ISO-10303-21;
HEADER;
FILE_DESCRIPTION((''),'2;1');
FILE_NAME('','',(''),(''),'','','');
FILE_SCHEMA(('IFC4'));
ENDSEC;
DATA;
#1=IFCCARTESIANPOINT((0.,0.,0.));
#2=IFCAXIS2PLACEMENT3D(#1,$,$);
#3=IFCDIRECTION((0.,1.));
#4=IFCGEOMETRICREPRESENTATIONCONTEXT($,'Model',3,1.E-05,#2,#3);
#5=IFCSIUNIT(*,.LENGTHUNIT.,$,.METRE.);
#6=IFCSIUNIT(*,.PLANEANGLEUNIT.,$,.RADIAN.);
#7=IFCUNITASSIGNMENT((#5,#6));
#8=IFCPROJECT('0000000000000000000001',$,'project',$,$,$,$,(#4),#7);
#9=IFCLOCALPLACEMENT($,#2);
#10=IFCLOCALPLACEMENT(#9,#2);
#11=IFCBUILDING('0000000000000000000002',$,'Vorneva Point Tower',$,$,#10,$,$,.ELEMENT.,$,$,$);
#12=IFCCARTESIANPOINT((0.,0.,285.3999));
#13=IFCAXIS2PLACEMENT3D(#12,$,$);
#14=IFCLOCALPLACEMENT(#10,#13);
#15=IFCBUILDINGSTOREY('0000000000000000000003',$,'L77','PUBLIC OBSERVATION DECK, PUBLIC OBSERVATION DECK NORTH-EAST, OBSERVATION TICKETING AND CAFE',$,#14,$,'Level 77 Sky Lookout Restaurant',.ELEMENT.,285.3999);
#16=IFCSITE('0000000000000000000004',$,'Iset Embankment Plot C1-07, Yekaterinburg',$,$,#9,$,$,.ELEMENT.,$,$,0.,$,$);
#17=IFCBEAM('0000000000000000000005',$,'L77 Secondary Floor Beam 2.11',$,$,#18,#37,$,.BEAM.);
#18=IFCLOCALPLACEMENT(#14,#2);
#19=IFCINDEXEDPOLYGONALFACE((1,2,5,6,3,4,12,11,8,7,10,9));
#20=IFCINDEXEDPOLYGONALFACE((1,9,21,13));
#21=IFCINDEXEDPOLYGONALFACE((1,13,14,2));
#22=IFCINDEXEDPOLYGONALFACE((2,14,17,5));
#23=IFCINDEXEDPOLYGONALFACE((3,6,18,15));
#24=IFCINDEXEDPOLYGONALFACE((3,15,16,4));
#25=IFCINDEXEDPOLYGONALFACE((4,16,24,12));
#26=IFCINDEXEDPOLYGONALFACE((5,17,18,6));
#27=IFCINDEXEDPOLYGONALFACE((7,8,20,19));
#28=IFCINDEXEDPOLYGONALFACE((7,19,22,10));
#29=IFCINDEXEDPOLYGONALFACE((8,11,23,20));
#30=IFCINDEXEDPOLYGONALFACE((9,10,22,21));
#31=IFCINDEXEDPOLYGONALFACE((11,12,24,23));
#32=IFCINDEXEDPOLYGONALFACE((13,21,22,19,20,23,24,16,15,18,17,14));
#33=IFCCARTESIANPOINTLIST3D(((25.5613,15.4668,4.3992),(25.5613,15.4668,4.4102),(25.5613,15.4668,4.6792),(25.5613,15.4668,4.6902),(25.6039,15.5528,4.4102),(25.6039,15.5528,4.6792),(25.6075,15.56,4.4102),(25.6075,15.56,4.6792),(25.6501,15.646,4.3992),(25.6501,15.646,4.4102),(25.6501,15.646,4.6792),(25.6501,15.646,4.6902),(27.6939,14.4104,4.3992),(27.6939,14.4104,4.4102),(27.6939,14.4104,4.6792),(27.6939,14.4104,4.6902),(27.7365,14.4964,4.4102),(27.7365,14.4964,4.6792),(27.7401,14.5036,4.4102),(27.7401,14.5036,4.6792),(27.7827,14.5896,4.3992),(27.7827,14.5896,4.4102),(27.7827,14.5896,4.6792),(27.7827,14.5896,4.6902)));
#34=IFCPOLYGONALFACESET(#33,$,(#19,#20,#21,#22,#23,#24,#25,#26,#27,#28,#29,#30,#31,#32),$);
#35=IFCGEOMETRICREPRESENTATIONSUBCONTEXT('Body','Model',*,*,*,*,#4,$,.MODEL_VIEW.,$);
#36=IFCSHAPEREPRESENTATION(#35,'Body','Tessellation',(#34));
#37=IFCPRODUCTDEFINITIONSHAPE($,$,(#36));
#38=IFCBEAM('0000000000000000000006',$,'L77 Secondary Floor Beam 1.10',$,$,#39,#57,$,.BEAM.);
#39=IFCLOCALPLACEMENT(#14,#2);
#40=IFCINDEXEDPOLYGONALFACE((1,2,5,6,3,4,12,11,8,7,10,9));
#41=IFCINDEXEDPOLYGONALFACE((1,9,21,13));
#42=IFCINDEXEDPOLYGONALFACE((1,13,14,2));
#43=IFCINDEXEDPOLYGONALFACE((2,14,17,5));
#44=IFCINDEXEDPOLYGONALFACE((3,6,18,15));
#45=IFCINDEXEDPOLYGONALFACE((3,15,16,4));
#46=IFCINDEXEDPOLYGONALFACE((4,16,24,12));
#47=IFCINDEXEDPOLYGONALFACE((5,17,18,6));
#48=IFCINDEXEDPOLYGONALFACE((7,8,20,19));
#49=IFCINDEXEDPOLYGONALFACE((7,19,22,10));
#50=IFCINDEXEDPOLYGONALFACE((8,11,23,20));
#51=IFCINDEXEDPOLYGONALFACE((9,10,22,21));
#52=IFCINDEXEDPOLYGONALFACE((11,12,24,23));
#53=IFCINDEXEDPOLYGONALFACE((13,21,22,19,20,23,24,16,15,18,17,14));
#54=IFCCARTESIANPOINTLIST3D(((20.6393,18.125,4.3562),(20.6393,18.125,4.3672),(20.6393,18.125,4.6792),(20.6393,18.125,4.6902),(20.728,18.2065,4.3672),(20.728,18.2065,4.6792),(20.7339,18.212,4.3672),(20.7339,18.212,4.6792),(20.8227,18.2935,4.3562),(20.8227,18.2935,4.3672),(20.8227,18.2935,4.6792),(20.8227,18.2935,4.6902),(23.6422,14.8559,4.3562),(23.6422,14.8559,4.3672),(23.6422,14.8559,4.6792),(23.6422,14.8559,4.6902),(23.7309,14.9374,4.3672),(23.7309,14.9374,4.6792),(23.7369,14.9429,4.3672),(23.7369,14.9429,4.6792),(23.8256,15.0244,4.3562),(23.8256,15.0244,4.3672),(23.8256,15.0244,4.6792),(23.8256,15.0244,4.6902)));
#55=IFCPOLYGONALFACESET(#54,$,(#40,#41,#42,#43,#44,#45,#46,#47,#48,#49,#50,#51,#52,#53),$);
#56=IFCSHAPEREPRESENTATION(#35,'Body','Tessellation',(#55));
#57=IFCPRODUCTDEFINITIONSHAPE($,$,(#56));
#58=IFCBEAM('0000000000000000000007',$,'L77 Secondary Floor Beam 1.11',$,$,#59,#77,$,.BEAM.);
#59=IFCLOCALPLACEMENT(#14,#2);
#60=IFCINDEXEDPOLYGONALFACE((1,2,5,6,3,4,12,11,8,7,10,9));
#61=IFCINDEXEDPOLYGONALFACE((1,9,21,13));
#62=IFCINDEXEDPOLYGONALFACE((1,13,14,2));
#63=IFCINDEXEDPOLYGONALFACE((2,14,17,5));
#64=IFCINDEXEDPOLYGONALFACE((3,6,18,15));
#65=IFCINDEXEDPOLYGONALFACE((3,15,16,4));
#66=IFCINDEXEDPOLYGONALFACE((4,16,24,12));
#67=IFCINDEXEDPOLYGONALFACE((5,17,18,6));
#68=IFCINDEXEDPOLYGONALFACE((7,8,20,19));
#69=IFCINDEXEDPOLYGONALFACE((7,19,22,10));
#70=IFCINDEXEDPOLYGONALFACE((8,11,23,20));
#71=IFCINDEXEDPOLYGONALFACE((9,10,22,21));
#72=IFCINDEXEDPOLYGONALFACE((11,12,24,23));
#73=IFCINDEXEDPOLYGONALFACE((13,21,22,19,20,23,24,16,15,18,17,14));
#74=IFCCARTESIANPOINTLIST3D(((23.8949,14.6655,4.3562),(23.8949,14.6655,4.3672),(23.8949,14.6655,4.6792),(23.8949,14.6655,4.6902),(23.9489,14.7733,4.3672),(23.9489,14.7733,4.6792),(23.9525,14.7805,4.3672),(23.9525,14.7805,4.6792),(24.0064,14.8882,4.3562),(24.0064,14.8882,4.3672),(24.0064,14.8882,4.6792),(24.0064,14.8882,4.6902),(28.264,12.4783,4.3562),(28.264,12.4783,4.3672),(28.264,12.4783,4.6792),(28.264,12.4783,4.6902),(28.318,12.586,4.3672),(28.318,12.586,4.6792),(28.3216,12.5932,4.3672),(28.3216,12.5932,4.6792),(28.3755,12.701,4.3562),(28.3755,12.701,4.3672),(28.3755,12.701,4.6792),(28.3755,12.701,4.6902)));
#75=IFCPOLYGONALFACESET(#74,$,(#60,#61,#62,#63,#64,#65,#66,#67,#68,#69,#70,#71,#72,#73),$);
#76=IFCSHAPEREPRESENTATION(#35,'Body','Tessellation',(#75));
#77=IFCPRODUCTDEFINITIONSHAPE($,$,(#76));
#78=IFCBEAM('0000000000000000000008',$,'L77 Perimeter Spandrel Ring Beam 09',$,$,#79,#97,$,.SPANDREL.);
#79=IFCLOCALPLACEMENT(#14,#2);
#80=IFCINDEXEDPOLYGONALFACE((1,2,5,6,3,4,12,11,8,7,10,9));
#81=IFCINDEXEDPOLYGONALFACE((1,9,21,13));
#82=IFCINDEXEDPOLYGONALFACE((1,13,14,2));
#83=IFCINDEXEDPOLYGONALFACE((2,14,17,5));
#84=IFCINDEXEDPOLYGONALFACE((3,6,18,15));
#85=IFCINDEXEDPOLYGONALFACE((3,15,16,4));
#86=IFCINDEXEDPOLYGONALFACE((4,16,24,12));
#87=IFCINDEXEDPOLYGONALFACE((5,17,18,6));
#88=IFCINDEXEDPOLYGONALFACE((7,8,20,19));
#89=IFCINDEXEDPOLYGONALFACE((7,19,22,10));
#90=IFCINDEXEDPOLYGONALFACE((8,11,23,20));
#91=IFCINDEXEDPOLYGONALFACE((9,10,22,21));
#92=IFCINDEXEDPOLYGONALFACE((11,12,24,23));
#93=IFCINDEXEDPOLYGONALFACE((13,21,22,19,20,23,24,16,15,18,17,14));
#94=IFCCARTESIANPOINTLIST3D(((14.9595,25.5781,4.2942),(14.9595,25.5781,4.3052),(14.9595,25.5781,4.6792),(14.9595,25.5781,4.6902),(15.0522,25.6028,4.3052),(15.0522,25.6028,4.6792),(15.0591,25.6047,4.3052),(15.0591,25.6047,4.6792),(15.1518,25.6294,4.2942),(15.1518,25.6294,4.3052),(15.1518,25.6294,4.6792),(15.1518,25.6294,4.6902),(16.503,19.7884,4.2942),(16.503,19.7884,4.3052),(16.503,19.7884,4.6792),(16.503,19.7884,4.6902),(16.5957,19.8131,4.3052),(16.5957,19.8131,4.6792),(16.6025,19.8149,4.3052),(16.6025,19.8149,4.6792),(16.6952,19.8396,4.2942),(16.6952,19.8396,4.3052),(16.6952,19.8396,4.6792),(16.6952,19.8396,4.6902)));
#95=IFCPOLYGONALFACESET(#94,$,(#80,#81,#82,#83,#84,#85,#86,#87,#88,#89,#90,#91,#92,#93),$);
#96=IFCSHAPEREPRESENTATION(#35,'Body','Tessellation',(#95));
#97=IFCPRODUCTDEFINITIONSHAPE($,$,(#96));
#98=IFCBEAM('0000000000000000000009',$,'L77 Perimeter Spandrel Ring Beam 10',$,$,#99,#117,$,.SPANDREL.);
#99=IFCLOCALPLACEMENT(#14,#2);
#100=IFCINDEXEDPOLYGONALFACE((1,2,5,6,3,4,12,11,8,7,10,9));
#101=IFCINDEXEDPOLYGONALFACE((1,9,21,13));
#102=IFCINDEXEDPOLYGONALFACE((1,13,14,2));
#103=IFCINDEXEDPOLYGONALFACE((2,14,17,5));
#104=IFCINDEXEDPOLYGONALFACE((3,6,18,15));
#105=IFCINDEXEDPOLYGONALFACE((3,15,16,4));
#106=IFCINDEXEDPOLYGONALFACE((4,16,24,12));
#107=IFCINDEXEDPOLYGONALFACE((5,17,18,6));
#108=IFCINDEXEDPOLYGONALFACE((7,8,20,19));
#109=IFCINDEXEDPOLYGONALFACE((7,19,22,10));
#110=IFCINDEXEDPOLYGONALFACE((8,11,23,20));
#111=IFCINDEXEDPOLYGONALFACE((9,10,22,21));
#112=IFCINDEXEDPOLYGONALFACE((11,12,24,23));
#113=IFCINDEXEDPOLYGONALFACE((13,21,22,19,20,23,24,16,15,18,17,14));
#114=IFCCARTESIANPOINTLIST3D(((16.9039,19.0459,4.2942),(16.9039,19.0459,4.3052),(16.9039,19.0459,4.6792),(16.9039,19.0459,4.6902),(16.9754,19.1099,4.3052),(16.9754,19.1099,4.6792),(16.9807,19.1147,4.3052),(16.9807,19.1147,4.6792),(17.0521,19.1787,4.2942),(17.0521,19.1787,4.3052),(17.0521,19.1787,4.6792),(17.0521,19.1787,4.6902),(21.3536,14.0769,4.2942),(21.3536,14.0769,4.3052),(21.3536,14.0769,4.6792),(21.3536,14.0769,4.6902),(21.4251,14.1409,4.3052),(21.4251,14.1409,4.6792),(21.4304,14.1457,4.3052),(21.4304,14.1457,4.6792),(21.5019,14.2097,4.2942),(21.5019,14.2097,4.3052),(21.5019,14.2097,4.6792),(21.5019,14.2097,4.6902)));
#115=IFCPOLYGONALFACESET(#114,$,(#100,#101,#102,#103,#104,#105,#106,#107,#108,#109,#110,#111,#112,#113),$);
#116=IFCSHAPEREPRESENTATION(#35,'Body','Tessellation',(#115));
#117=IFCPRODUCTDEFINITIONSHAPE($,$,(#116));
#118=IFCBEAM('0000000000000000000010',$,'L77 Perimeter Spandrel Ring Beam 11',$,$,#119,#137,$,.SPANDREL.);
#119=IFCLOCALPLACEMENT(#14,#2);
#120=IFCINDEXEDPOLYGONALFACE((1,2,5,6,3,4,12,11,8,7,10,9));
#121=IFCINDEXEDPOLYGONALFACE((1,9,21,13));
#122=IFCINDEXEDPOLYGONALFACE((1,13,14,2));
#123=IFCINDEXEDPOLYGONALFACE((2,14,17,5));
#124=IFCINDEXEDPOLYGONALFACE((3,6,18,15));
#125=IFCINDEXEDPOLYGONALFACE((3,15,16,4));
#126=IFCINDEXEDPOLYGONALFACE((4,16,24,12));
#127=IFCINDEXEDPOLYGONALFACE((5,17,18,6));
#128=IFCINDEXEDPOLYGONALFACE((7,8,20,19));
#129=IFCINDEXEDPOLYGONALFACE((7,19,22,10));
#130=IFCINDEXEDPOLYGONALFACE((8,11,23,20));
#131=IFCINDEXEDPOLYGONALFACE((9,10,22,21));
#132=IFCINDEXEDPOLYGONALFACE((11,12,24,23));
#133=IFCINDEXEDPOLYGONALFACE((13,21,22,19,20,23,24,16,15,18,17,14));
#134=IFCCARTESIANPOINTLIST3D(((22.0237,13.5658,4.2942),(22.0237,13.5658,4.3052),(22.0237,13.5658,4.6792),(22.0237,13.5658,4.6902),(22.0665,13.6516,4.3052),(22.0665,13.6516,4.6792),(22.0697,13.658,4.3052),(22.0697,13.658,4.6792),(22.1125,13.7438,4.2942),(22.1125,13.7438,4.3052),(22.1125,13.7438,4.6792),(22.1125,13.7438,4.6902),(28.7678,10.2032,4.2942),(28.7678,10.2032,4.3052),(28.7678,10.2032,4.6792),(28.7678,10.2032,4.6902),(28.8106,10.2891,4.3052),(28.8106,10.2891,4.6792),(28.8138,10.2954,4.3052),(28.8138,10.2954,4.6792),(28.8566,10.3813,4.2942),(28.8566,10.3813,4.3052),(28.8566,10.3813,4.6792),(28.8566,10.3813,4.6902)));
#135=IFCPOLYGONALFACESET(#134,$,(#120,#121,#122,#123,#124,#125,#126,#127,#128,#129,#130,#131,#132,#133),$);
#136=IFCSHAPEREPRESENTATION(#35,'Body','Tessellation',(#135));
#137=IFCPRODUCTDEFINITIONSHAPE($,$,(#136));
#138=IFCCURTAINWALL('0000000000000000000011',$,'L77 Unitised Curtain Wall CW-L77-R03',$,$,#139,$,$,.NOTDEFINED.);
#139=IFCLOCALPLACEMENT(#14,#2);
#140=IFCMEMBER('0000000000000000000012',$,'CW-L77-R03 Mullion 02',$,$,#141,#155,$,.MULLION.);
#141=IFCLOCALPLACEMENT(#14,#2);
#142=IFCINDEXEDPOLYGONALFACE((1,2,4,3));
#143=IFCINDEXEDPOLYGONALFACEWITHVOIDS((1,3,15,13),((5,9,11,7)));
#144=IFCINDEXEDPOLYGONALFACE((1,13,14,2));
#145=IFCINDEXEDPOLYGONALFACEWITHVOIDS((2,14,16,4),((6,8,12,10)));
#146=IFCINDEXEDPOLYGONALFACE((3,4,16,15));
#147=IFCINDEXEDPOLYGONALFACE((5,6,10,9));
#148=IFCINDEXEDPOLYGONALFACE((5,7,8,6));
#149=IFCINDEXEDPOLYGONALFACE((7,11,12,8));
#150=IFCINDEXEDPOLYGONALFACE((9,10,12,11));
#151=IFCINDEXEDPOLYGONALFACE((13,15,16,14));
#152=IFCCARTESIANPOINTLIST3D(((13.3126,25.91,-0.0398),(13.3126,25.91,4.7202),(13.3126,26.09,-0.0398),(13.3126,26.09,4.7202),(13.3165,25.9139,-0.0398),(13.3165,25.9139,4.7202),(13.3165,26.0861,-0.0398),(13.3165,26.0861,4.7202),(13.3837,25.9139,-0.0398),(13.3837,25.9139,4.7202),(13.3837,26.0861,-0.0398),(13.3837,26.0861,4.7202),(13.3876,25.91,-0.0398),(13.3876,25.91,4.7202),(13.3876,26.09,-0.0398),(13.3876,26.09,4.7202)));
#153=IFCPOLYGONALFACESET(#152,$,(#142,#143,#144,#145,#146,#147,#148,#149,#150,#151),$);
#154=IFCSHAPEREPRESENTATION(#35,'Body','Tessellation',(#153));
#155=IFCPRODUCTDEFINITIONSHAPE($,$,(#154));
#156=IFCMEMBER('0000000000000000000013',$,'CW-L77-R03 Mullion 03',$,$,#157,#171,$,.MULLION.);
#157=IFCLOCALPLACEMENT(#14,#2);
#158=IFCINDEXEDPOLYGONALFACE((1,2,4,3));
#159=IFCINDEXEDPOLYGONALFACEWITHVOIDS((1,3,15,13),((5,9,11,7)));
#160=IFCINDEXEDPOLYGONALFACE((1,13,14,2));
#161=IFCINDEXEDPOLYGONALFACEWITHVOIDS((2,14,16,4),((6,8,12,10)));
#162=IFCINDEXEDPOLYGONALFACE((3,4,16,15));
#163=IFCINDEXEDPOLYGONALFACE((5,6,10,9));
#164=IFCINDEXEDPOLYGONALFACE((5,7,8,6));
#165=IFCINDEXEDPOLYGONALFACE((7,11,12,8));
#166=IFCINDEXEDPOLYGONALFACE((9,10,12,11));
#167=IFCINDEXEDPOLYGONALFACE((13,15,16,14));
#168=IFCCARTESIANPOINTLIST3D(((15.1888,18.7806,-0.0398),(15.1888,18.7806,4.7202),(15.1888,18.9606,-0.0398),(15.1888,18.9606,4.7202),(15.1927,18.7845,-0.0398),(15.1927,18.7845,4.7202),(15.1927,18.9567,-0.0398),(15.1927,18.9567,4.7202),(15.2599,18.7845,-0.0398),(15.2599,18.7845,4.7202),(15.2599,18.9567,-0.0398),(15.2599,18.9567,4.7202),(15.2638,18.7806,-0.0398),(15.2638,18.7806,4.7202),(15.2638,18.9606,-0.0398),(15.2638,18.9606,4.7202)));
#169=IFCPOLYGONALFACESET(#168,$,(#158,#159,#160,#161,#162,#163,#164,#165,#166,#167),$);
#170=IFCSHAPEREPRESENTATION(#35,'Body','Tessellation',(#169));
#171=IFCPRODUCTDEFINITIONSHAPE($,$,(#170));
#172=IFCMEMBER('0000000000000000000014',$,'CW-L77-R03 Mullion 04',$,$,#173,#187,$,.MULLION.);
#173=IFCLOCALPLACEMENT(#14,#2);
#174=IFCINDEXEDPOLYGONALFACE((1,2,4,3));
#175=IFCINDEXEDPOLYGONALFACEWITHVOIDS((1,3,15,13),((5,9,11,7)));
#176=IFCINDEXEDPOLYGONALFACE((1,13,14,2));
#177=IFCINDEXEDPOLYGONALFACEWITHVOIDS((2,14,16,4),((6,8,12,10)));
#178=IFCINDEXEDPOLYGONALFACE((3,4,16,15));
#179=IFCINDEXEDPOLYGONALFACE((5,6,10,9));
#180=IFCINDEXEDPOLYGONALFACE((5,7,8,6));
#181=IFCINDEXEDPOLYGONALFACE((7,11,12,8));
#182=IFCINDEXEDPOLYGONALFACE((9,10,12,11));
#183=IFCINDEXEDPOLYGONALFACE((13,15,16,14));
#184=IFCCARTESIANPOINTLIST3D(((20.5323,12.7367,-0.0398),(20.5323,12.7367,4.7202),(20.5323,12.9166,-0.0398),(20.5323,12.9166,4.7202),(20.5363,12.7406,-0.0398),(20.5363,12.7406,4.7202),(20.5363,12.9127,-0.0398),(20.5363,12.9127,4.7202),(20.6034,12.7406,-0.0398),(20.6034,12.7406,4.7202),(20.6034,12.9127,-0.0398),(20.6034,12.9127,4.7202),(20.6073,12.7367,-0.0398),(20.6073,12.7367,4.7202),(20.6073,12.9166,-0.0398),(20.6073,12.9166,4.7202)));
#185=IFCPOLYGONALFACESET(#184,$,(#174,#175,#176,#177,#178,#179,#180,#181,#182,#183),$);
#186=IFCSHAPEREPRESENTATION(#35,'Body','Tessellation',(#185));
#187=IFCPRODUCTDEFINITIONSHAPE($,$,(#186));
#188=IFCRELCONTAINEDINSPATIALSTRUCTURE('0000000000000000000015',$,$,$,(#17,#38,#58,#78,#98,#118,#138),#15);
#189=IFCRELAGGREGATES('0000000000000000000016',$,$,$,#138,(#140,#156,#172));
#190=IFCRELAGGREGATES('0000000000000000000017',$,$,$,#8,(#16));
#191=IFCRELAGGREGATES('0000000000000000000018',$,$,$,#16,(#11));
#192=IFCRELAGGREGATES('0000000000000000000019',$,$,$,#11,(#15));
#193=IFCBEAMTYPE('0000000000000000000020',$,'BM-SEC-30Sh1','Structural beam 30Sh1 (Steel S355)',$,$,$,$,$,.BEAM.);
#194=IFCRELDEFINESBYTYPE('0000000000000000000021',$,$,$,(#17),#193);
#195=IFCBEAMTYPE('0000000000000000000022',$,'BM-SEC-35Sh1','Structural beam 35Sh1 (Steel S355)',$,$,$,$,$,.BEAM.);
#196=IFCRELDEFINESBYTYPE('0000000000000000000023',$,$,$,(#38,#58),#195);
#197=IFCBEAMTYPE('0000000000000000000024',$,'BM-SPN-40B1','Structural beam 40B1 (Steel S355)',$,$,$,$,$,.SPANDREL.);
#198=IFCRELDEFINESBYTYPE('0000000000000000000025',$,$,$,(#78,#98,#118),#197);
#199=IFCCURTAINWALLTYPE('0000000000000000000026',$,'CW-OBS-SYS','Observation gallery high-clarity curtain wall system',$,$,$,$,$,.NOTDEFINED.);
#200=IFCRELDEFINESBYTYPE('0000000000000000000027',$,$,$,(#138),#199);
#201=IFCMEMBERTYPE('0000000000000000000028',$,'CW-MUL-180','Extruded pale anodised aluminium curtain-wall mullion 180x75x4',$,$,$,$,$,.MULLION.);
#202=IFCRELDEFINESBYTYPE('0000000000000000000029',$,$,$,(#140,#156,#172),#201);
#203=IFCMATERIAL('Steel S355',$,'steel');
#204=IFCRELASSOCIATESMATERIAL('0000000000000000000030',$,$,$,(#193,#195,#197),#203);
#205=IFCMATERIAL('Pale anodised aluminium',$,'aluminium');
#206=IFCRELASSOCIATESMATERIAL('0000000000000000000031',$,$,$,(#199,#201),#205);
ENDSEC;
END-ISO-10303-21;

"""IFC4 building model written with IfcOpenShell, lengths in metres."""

from ifc_helpers import new_model, si_unit, direction, frame, origin, origin_2d, place, context, subcontext, project, spatial, hollow_rectangle, i_section, extrude, material, material_profile, profile_set, type_object, element, aggregate, save


model = new_model("IFC4")

# Units and contexts
model_context = context("Model", 3, precision=1e-05, world=origin(), true_north=direction((0.0, 1.0)))
body_context = subcontext(model_context, "Body", "Model", "MODEL_VIEW")
ifc_project = project(units=[si_unit("LENGTHUNIT", "METRE"), si_unit("PLANEANGLEUNIT", "RADIAN")], contexts=[model_context])

# Site, building, storey
site_placement = place(None, origin())
site = spatial("IfcSite", under=ifc_project, at=site_placement, Name="Iset Embankment Plot C1-07, Yekaterinburg", CompositionType="ELEMENT", RefElevation=0.0)
building_placement = place(site_placement, origin())
building = spatial("IfcBuilding", under=site, at=building_placement, Name="Vorneva Point Tower", CompositionType="ELEMENT")
storey_placement = place(building_placement, frame((0.0, 0.0, 285.3999)))
storey = spatial("IfcBuildingStorey", under=building, at=storey_placement, Name="L77", Description="PUBLIC OBSERVATION DECK, PUBLIC OBSERVATION DECK NORTH-EAST, OBSERVATION TICKETING AND CAFE", LongName="Level 77 Sky Lookout Restaurant", CompositionType="ELEMENT", Elevation=285.3999)

# Beams
ifc_material_1 = material(Name="Steel S355", Category="steel")
ifc_material_profile_1 = material_profile(ifc_material_1, i_section(OverallWidth=0.2, OverallDepth=0.291, WebThickness=0.0081, FlangeThickness=0.011, at=origin_2d()), Name="30Sh1")
ifc_profile_set_1 = profile_set([ifc_material_profile_1], Name="Steel S355")
beam_type_1 = type_object("IfcBeamType", Name="BM-SEC-30Sh1", Description="Structural beam 30Sh1 (Steel S355)", PredefinedType="BEAM", material=ifc_profile_set_1)
beam_1_placement = place(storey_placement, frame((25.6057, 15.5564, 4.5447), z_axis=(0.896083, -0.443887, 0.0), x_axis=(0.443887, 0.896083, 0.0)))
element("IfcBeam", 1, at=beam_1_placement, inside=storey, type_object=beam_type_1, Name="L77 Secondary Floor Beam 2.11", PredefinedType="BEAM", context=body_context, shape_type="SweptSolid", body=[
    extrude(i_section(OverallWidth=0.2, OverallDepth=0.291, WebThickness=0.0081, FlangeThickness=0.011, at=origin_2d()), origin(), (0.0, 0.0, 1.0), 2.3799),
])
ifc_material_profile_2 = material_profile(ifc_material_1, i_section(OverallWidth=0.249, OverallDepth=0.334, WebThickness=0.0081, FlangeThickness=0.011, at=origin_2d()), Name="35Sh1")
ifc_profile_set_2 = profile_set([ifc_material_profile_2], Name="Steel S355")
beam_type_2 = type_object("IfcBeamType", Name="BM-SEC-35Sh1", Description="Structural beam 35Sh1 (Steel S355)", PredefinedType="BEAM", material=ifc_profile_set_2)
beam_2_placement = place(storey_placement, frame((20.731, 18.2092, 4.5232), z_axis=(0.676496, -0.736446, 0.0), x_axis=(0.736446, 0.676496, 0.0)))
element("IfcBeam", 2, at=beam_2_placement, inside=storey, type_object=beam_type_2, Name="L77 Secondary Floor Beam 1.10", PredefinedType="BEAM", context=body_context, shape_type="SweptSolid", body=[
    extrude(i_section(OverallWidth=0.249, OverallDepth=0.334, WebThickness=0.0081, FlangeThickness=0.011, at=origin_2d()), origin(), (0.0, 0.0, 1.0), 4.439),
])
beam_3_placement = place(storey_placement, frame((23.9507, 14.7769, 4.5232), z_axis=(0.894207, -0.447653, 0.0), x_axis=(0.447653, 0.894207, 0.0)))
element("IfcBeam", 3, at=beam_3_placement, inside=storey, type_object=beam_type_2, Name="L77 Secondary Floor Beam 1.11", PredefinedType="BEAM", context=body_context, shape_type="SweptSolid", body=[
    extrude(i_section(OverallWidth=0.249, OverallDepth=0.334, WebThickness=0.0081, FlangeThickness=0.011, at=origin_2d()), origin(), (0.0, 0.0, 1.0), 4.886),
])
ifc_material_profile_3 = material_profile(ifc_material_1, i_section(OverallWidth=0.199, OverallDepth=0.396, WebThickness=0.0071, FlangeThickness=0.011, at=origin_2d()), Name="40B1")
ifc_profile_set_3 = profile_set([ifc_material_profile_3], Name="Steel S355")
beam_type_3 = type_object("IfcBeamType", Name="BM-SPN-40B1", Description="Structural beam 40B1 (Steel S355)", PredefinedType="SPANDREL", material=ifc_profile_set_3)
beam_4_placement = place(storey_placement, frame((15.0557, 25.6038, 4.4922), z_axis=(0.257587, -0.966255, 0.0), x_axis=(0.966255, 0.257587, 0.0)))
element("IfcBeam", 4, at=beam_4_placement, inside=storey, type_object=beam_type_3, Name="L77 Perimeter Spandrel Ring Beam 09", PredefinedType="SPANDREL", context=body_context, shape_type="SweptSolid", body=[
    extrude(i_section(OverallWidth=0.199, OverallDepth=0.396, WebThickness=0.0071, FlangeThickness=0.011, at=origin_2d()), origin(), (0.0, 0.0, 1.0), 5.9919),
])
beam_5_placement = place(storey_placement, frame((16.978, 19.1123, 4.4922), z_axis=(0.667108, -0.744961, 0.0), x_axis=(0.744961, 0.667108, 0.0)))
element("IfcBeam", 5, at=beam_5_placement, inside=storey, type_object=beam_type_3, Name="L77 Perimeter Spandrel Ring Beam 10", PredefinedType="SPANDREL", context=body_context, shape_type="SweptSolid", body=[
    extrude(i_section(OverallWidth=0.199, OverallDepth=0.396, WebThickness=0.0071, FlangeThickness=0.011, at=origin_2d()), origin(), (0.0, 0.0, 1.0), 6.6702),
])
beam_6_placement = place(storey_placement, frame((22.0681, 13.6548, 4.4922), z_axis=(0.894932, -0.446203, 0.0), x_axis=(0.446203, 0.894932, 0.0)))
element("IfcBeam", 6, at=beam_6_placement, inside=storey, type_object=beam_type_3, Name="L77 Perimeter Spandrel Ring Beam 11", PredefinedType="SPANDREL", context=body_context, shape_type="SweptSolid", body=[
    extrude(i_section(OverallWidth=0.199, OverallDepth=0.396, WebThickness=0.0071, FlangeThickness=0.011, at=origin_2d()), origin(), (0.0, 0.0, 1.0), 7.5359),
])

# Curtain wall, members
ifc_material_2 = material(Name="Pale anodised aluminium", Category="aluminium")
curtain_wall_type = type_object("IfcCurtainWallType", Name="CW-OBS-SYS", Description="Observation gallery high-clarity curtain wall system", PredefinedType="NOTDEFINED", material=ifc_material_2)
curtain_wall_placement = place(storey_placement, origin())
curtain_wall = element("IfcCurtainWall", 7, at=curtain_wall_placement, inside=storey, type_object=curtain_wall_type, Name="L77 Unitised Curtain Wall CW-L77-R03", PredefinedType="NOTDEFINED")
ifc_material_profile_4 = material_profile(ifc_material_2, hollow_rectangle(XDim=0.075, YDim=0.1799, WallThickness=0.0039, at=origin_2d()), Name="AL-MUL 180x75x4")
ifc_profile_set_4 = profile_set([ifc_material_profile_4], Name="Pale anodised aluminium")
member_type_1 = type_object("IfcMemberType", Name="CW-MUL-180", Description="Extruded pale anodised aluminium curtain-wall mullion 180x75x4", PredefinedType="MULLION", material=ifc_profile_set_4)
member_1_placement = place(storey_placement, frame((13.3501, 26.0, -0.0398), z_axis=(0.0, 0.0, 1.0), x_axis=(1.0, 0.0, 0.0)))
member_1 = element("IfcMember", 8, at=member_1_placement, type_object=member_type_1, Name="CW-L77-R03 Mullion 02", PredefinedType="MULLION", context=body_context, shape_type="SweptSolid", body=[
    extrude(hollow_rectangle(XDim=0.075, YDim=0.1799, WallThickness=0.0039, at=origin_2d()), origin(), (0.0, 0.0, 1.0), 4.76),
])
member_2_placement = place(storey_placement, frame((15.2263, 18.8706, -0.0398), z_axis=(0.0, 0.0, 1.0), x_axis=(1.0, 0.0, 0.0)))
member_2 = element("IfcMember", 9, at=member_2_placement, type_object=member_type_1, Name="CW-L77-R03 Mullion 03", PredefinedType="MULLION", context=body_context, shape_type="SweptSolid", body=[
    extrude(hollow_rectangle(XDim=0.075, YDim=0.1799, WallThickness=0.0039, at=origin_2d()), origin(), (0.0, 0.0, 1.0), 4.76),
])
member_3_placement = place(storey_placement, frame((20.5698, 12.8267, -0.0398), z_axis=(0.0, 0.0, 1.0), x_axis=(1.0, 0.0, 0.0)))
member_3 = element("IfcMember", 10, at=member_3_placement, type_object=member_type_1, Name="CW-L77-R03 Mullion 04", PredefinedType="MULLION", context=body_context, shape_type="SweptSolid", body=[
    extrude(hollow_rectangle(XDim=0.075, YDim=0.1799, WallThickness=0.0039, at=origin_2d()), origin(), (0.0, 0.0, 1.0), 4.76),
])
aggregate(curtain_wall, [member_1, member_2, member_3])

save(model, "model.ifc")
